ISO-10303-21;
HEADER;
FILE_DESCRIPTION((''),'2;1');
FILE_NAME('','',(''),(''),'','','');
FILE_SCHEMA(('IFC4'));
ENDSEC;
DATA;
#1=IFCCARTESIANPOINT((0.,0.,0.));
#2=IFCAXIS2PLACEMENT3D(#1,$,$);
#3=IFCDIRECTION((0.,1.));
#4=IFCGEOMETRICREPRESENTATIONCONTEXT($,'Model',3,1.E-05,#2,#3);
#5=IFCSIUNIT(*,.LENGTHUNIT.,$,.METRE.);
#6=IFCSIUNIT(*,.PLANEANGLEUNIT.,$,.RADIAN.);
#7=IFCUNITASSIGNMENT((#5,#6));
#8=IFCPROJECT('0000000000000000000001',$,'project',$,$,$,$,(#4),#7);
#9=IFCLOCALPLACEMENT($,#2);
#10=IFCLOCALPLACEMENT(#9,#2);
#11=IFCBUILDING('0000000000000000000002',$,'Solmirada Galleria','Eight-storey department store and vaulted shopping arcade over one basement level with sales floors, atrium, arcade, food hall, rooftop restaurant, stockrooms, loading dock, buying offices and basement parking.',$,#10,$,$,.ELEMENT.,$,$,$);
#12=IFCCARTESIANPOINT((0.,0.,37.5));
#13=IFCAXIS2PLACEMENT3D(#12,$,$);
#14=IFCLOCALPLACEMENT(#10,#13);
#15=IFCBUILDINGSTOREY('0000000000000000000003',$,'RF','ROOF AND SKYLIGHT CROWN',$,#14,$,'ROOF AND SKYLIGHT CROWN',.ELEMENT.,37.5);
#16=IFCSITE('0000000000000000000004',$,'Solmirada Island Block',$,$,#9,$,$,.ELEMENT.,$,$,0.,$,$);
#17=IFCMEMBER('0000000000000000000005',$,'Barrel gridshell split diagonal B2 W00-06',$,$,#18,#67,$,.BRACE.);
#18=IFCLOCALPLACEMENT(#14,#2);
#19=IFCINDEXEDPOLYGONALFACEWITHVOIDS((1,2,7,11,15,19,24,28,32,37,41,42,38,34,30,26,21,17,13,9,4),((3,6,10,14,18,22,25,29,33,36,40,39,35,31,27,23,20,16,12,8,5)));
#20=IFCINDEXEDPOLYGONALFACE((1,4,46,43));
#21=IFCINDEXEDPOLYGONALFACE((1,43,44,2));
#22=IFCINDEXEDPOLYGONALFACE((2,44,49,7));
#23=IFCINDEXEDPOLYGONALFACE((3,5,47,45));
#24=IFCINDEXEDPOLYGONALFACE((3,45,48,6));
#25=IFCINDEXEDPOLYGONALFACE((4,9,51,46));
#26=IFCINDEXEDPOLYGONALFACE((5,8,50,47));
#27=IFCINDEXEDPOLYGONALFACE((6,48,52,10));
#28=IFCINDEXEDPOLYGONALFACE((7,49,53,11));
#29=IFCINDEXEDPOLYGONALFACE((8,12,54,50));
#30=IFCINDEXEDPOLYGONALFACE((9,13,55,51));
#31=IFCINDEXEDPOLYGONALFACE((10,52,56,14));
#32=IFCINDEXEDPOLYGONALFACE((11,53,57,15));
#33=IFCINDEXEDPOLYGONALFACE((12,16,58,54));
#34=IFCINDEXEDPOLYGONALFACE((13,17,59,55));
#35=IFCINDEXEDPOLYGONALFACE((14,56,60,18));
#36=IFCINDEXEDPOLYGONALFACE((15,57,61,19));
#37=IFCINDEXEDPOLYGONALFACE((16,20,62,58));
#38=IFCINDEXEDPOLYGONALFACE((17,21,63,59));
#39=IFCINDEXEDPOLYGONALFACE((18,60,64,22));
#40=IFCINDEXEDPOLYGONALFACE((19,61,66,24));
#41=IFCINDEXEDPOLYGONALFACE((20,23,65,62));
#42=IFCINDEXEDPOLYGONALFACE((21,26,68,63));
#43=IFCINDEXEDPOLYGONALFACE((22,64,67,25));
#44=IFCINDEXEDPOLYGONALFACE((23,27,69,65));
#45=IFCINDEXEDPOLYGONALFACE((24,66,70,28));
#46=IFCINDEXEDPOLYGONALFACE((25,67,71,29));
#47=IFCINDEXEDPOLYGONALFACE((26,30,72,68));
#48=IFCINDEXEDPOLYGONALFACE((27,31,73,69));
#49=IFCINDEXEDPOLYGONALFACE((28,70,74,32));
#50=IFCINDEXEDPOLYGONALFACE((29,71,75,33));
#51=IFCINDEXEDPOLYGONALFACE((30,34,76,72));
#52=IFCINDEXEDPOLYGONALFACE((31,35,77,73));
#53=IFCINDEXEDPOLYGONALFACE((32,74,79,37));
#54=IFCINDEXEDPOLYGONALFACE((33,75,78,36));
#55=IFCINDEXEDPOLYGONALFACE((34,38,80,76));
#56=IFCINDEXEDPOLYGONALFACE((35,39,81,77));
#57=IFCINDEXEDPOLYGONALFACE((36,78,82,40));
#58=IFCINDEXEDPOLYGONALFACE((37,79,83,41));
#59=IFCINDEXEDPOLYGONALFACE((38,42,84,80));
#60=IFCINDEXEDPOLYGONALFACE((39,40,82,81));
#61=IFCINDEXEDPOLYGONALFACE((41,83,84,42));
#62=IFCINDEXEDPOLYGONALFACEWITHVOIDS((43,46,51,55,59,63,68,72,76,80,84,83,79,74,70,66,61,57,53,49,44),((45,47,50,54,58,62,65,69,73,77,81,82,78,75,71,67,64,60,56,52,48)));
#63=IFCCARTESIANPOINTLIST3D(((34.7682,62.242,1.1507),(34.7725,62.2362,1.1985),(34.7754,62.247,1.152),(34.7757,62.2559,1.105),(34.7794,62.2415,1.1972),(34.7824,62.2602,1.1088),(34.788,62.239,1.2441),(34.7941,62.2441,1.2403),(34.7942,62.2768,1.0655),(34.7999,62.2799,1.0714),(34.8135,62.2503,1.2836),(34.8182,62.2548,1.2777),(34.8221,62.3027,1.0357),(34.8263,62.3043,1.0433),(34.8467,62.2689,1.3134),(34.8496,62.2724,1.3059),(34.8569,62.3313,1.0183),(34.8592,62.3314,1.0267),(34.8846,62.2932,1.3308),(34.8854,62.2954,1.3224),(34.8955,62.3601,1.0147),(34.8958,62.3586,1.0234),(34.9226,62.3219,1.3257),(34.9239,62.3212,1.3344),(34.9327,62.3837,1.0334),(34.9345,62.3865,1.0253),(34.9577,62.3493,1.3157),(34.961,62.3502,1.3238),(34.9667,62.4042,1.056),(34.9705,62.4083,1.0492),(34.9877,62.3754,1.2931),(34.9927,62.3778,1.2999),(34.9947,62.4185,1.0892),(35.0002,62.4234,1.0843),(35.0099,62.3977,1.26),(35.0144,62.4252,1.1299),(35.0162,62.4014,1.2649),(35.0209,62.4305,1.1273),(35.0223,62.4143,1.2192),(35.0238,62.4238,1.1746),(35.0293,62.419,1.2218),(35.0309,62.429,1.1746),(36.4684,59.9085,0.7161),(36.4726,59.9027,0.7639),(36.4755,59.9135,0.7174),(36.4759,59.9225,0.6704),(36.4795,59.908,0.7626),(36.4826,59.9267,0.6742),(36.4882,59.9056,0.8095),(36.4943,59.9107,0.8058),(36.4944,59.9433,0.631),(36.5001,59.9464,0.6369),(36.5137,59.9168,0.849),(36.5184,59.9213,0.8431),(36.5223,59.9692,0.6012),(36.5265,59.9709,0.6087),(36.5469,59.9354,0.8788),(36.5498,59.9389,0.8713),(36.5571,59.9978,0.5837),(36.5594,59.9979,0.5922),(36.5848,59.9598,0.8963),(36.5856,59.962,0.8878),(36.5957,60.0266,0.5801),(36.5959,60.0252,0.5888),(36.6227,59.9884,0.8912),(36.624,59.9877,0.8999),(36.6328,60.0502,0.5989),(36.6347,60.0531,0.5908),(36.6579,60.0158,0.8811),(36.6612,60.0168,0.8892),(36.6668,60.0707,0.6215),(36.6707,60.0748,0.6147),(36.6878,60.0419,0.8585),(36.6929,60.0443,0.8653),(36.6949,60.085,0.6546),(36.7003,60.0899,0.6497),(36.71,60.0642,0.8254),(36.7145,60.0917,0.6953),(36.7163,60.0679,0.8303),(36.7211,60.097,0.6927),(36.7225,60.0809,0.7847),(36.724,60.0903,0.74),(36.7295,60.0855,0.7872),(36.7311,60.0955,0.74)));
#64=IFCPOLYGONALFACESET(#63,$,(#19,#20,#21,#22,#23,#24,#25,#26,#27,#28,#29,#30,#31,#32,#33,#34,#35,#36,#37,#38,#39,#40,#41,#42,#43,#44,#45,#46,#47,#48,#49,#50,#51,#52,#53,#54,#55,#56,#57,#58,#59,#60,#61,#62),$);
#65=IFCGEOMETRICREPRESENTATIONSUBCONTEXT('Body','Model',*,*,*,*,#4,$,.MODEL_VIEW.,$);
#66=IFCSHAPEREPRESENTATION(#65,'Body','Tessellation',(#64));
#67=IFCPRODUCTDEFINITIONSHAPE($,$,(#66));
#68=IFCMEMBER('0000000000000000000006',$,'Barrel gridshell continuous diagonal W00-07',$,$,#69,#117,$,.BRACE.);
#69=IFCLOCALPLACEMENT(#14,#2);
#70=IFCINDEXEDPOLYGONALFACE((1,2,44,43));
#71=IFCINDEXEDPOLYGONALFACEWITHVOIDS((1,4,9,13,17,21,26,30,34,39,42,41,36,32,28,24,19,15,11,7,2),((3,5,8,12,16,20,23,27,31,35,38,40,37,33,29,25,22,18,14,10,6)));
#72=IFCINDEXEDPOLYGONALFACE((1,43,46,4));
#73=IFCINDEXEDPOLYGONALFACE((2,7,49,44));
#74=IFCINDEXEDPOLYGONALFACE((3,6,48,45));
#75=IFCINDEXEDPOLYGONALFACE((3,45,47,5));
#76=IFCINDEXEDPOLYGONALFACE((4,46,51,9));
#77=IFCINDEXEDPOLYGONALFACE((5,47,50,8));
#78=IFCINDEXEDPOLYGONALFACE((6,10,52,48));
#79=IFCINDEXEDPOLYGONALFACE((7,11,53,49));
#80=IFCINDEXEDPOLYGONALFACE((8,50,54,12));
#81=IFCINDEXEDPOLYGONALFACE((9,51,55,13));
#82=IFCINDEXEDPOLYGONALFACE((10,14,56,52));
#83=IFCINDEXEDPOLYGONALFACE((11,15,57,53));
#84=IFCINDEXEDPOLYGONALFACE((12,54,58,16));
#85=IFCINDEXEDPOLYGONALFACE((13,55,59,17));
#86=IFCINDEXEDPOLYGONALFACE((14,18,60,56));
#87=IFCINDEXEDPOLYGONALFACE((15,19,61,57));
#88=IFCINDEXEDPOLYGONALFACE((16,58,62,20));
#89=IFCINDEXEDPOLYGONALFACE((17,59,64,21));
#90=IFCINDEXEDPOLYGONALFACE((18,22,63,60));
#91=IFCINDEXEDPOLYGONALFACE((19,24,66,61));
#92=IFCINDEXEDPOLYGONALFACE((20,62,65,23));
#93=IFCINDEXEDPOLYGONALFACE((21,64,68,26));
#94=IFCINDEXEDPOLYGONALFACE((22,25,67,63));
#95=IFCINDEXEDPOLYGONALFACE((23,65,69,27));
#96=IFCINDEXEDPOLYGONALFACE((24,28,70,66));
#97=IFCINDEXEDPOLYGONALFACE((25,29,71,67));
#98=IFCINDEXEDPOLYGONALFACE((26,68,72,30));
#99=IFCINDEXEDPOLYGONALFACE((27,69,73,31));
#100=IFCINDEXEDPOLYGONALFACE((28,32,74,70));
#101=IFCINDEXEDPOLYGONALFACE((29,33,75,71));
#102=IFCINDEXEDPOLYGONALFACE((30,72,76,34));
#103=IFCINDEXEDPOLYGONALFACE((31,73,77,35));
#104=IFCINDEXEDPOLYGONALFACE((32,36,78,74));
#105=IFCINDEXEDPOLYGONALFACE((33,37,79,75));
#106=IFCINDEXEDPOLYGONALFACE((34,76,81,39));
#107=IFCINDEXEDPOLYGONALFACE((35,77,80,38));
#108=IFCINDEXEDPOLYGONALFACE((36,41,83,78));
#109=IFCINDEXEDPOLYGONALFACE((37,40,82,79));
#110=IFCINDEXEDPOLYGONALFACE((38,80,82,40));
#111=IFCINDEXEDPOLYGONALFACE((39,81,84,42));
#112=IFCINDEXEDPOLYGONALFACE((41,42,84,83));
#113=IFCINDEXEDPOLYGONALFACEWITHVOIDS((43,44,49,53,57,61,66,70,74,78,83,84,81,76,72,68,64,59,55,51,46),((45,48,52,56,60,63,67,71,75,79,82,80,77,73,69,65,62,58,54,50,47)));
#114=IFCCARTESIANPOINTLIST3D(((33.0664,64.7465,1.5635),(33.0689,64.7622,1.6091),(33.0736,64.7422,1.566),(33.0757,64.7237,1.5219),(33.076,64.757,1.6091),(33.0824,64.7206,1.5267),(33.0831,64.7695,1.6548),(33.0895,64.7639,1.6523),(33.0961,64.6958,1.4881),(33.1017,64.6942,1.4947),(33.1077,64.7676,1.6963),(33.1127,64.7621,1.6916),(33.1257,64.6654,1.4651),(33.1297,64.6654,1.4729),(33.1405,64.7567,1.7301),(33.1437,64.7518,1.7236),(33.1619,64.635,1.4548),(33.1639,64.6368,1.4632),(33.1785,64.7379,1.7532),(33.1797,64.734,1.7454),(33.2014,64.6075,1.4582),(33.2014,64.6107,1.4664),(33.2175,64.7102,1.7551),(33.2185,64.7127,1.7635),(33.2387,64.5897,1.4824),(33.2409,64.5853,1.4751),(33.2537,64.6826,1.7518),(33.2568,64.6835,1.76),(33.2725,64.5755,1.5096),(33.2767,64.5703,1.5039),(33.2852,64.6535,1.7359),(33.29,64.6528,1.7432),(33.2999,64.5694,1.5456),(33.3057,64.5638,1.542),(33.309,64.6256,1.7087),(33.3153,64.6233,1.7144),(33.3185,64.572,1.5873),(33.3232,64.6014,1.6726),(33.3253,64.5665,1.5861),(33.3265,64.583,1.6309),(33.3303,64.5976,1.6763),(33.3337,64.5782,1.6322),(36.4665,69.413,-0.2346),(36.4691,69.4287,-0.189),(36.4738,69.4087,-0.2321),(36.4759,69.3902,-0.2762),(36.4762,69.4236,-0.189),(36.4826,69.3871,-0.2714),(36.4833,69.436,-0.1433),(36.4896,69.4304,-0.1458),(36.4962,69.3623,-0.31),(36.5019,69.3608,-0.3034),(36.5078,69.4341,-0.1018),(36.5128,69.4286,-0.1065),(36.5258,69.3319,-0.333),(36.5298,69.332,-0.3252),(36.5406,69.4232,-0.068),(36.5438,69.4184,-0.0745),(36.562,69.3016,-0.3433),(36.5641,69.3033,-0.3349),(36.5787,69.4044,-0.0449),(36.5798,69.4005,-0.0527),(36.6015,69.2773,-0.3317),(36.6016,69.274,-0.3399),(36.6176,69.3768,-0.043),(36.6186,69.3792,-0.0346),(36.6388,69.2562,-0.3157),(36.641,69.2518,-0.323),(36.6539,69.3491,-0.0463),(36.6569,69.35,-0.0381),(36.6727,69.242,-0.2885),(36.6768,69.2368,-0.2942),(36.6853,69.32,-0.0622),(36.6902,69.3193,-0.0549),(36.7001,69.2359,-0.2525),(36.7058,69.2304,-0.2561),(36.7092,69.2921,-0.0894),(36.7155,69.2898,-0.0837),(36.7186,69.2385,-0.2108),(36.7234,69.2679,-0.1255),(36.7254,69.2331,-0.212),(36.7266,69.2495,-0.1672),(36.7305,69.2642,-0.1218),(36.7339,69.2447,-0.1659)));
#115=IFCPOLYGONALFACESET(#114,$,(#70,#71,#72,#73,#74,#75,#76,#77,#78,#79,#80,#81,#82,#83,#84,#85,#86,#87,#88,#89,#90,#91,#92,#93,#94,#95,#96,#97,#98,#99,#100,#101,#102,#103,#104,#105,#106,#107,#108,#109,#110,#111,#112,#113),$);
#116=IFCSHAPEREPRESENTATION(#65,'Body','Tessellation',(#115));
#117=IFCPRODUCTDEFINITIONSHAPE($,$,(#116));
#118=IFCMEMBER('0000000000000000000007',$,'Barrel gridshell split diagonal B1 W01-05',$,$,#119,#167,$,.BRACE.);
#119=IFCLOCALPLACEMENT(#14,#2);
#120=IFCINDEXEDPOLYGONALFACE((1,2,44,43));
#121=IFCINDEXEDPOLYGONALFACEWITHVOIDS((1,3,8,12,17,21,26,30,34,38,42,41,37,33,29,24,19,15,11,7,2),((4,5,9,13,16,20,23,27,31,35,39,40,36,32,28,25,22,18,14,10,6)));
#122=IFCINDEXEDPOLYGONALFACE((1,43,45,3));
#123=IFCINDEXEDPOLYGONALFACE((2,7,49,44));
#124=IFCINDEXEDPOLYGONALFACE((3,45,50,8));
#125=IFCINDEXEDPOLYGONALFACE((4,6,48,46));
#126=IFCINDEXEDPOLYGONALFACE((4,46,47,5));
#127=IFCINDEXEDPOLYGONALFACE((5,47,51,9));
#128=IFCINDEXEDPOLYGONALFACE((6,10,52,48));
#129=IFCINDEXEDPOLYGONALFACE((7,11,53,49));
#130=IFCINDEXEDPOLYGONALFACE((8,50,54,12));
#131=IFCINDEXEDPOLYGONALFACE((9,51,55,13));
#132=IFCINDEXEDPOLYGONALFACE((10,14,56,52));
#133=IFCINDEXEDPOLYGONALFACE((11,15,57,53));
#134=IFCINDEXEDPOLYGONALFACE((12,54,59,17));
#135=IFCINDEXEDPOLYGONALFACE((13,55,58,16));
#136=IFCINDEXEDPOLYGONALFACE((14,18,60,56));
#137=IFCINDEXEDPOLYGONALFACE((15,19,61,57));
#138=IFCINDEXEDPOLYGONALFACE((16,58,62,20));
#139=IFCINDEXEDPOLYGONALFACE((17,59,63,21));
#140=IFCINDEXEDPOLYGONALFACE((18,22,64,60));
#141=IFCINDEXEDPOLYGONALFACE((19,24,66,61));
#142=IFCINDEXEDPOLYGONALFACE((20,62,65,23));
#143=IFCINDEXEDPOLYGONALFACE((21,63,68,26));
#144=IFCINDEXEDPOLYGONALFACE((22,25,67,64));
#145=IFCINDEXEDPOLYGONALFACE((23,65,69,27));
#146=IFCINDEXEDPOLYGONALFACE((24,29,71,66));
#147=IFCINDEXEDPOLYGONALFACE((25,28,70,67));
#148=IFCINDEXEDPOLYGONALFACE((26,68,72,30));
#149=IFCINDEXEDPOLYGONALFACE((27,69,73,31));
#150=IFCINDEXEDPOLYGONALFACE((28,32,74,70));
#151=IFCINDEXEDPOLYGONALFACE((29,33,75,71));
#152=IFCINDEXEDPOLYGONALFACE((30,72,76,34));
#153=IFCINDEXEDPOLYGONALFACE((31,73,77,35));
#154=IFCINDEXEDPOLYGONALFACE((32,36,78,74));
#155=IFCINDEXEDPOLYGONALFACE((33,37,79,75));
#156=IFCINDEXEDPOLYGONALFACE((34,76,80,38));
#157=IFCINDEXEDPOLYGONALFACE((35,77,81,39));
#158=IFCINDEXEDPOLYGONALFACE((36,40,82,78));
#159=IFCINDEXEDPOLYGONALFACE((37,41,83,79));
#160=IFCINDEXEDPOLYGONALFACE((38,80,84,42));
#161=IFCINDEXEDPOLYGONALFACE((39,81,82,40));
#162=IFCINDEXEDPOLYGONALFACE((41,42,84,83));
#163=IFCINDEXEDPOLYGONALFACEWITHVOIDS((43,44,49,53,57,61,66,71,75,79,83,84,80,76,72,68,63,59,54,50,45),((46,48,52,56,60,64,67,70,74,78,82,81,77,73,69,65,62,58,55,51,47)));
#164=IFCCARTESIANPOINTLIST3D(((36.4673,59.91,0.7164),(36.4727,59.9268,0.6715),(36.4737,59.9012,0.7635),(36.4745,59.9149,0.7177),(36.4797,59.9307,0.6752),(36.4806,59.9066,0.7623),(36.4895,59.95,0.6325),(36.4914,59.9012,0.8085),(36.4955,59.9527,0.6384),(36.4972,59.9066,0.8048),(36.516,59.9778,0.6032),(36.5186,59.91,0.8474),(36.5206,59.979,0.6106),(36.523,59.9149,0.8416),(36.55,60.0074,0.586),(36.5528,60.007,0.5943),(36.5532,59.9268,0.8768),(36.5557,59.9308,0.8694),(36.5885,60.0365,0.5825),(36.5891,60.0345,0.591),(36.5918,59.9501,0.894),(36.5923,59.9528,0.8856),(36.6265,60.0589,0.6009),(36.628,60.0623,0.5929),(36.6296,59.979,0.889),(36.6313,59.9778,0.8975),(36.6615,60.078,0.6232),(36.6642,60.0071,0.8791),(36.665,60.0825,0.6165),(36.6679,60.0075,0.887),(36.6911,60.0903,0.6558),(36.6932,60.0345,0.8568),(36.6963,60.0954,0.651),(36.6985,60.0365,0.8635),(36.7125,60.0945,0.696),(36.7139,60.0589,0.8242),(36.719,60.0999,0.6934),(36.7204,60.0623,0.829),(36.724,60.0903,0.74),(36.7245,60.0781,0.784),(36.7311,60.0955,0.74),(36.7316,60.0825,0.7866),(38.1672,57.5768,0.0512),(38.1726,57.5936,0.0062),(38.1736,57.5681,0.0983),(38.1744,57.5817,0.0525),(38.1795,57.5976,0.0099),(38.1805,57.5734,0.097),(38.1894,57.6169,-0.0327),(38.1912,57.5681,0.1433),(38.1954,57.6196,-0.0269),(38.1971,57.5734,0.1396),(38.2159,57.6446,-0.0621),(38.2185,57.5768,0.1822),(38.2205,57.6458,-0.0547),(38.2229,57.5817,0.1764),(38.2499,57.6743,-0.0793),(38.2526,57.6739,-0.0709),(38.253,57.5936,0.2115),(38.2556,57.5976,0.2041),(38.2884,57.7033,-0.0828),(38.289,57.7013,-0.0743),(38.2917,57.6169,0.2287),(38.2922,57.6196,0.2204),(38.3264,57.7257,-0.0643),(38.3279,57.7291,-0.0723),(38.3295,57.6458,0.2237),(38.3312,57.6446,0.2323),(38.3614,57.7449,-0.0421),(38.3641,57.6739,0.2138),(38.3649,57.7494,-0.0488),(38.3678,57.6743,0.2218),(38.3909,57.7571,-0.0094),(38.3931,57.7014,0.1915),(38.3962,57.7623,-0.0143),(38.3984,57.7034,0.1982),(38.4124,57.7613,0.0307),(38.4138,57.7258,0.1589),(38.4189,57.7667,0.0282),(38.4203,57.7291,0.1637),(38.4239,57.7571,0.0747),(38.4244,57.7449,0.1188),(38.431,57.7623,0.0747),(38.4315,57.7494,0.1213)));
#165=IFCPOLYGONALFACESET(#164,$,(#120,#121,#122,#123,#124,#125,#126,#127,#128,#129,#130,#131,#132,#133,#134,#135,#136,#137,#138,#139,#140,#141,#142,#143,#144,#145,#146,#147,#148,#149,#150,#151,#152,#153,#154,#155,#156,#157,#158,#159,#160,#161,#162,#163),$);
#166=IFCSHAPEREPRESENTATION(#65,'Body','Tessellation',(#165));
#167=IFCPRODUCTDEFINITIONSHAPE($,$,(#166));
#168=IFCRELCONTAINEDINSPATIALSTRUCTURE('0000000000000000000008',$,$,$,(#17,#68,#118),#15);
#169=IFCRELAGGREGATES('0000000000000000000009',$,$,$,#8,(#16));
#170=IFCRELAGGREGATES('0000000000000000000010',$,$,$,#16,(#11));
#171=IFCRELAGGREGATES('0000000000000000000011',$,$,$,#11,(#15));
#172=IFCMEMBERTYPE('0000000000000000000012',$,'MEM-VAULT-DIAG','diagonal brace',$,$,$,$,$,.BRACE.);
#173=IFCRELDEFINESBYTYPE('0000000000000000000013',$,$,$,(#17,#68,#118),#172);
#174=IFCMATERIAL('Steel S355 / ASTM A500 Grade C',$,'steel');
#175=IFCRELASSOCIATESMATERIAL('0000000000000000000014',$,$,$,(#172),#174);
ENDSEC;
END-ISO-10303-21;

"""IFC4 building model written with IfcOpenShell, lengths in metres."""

from ifc_helpers import new_model, si_unit, direction, frame, origin, origin_2d, place, context, subcontext, project, spatial, hollow_circle, extrude, material, material_profile, profile_set, type_object, element, save


model = new_model("IFC4")

# Units and contexts
model_context = context("Model", 3, precision=1e-05, world=origin(), true_north=direction((0.0, 1.0)))
body_context = subcontext(model_context, "Body", "Model", "MODEL_VIEW")
ifc_project = project(units=[si_unit("LENGTHUNIT", "METRE"), si_unit("PLANEANGLEUNIT", "RADIAN")], contexts=[model_context])

# Site, building, storey
site_placement = place(None, origin())
site = spatial("IfcSite", under=ifc_project, at=site_placement, Name="Solmirada Island Block", CompositionType="ELEMENT", RefElevation=0.0)
building_placement = place(site_placement, origin())
building = spatial("IfcBuilding", under=site, at=building_placement, Name="Solmirada Galleria", Description="Eight-storey department store and vaulted shopping arcade over one basement level with sales floors, atrium, arcade, food hall, rooftop restaurant, stockrooms, loading dock, buying offices and basement parking.", CompositionType="ELEMENT")
storey_placement = place(building_placement, frame((0.0, 0.0, 37.5)))
storey = spatial("IfcBuildingStorey", under=building, at=storey_placement, Name="RF", Description="ROOF AND SKYLIGHT CROWN", LongName="ROOF AND SKYLIGHT CROWN", CompositionType="ELEMENT", Elevation=37.5)

# Members
ifc_material_1 = material(Name="Steel S355 / ASTM A500 Grade C", Category="steel")
ifc_material_profile_1 = material_profile(ifc_material_1, hollow_circle(Radius=0.1621, WallThickness=0.0088, at=origin_2d()), Name="HSS12.750X0.375")
ifc_profile_set_1 = profile_set([ifc_material_profile_1], Name="Steel S355 / ASTM A500 Grade C")
member_type_1 = type_object("IfcMemberType", Name="MEM-VAULT-DIAG", Description="diagonal brace", PredefinedType="BRACE", material=ifc_profile_set_1)
member_1_placement = place(storey_placement, frame((34.8999, 62.3335, 1.1746), z_axis=(0.582316, -0.799221, -0.14884), x_axis=(0.808224, 0.588875, 0.0)))
element("IfcMember", 1, at=member_1_placement, inside=storey, type_object=member_type_1, Name="Barrel gridshell split diagonal B2 W00-06", PredefinedType="BRACE", context=body_context, shape_type="SweptSolid", body=[
    extrude(hollow_circle(Radius=0.1621, WallThickness=0.0088, at=origin_2d()), origin(), (0.0, 0.0, 1.0), 2.9197),
])
member_2_placement = place(storey_placement, frame((33.2, 64.6667, 1.6091), z_axis=(0.562254, 0.771661, -0.297336), x_axis=(-0.808215, 0.588888, 0.0)))
element("IfcMember", 2, at=member_2_placement, inside=storey, type_object=member_type_1, Name="Barrel gridshell continuous diagonal W00-07", PredefinedType="BRACE", context=body_context, shape_type="SweptSolid", body=[
    extrude(hollow_circle(Radius=0.1621, WallThickness=0.0088, at=origin_2d()), origin(), (0.0, 0.0, 1.0), 6.0474),
])
member_3_placement = place(storey_placement, frame((36.6001, 60.0, 0.74), z_axis=(0.57382, -0.787591, -0.224567), x_axis=(0.808235, 0.58886, 0.0)))
element("IfcMember", 3, at=member_3_placement, inside=storey, type_object=member_type_1, Name="Barrel gridshell split diagonal B1 W01-05", PredefinedType="BRACE", context=body_context, shape_type="SweptSolid", body=[
    extrude(hollow_circle(Radius=0.1621, WallThickness=0.0088, at=origin_2d()), origin(), (0.0, 0.0, 1.0), 2.9624),
])

save(model, "model.ifc")
